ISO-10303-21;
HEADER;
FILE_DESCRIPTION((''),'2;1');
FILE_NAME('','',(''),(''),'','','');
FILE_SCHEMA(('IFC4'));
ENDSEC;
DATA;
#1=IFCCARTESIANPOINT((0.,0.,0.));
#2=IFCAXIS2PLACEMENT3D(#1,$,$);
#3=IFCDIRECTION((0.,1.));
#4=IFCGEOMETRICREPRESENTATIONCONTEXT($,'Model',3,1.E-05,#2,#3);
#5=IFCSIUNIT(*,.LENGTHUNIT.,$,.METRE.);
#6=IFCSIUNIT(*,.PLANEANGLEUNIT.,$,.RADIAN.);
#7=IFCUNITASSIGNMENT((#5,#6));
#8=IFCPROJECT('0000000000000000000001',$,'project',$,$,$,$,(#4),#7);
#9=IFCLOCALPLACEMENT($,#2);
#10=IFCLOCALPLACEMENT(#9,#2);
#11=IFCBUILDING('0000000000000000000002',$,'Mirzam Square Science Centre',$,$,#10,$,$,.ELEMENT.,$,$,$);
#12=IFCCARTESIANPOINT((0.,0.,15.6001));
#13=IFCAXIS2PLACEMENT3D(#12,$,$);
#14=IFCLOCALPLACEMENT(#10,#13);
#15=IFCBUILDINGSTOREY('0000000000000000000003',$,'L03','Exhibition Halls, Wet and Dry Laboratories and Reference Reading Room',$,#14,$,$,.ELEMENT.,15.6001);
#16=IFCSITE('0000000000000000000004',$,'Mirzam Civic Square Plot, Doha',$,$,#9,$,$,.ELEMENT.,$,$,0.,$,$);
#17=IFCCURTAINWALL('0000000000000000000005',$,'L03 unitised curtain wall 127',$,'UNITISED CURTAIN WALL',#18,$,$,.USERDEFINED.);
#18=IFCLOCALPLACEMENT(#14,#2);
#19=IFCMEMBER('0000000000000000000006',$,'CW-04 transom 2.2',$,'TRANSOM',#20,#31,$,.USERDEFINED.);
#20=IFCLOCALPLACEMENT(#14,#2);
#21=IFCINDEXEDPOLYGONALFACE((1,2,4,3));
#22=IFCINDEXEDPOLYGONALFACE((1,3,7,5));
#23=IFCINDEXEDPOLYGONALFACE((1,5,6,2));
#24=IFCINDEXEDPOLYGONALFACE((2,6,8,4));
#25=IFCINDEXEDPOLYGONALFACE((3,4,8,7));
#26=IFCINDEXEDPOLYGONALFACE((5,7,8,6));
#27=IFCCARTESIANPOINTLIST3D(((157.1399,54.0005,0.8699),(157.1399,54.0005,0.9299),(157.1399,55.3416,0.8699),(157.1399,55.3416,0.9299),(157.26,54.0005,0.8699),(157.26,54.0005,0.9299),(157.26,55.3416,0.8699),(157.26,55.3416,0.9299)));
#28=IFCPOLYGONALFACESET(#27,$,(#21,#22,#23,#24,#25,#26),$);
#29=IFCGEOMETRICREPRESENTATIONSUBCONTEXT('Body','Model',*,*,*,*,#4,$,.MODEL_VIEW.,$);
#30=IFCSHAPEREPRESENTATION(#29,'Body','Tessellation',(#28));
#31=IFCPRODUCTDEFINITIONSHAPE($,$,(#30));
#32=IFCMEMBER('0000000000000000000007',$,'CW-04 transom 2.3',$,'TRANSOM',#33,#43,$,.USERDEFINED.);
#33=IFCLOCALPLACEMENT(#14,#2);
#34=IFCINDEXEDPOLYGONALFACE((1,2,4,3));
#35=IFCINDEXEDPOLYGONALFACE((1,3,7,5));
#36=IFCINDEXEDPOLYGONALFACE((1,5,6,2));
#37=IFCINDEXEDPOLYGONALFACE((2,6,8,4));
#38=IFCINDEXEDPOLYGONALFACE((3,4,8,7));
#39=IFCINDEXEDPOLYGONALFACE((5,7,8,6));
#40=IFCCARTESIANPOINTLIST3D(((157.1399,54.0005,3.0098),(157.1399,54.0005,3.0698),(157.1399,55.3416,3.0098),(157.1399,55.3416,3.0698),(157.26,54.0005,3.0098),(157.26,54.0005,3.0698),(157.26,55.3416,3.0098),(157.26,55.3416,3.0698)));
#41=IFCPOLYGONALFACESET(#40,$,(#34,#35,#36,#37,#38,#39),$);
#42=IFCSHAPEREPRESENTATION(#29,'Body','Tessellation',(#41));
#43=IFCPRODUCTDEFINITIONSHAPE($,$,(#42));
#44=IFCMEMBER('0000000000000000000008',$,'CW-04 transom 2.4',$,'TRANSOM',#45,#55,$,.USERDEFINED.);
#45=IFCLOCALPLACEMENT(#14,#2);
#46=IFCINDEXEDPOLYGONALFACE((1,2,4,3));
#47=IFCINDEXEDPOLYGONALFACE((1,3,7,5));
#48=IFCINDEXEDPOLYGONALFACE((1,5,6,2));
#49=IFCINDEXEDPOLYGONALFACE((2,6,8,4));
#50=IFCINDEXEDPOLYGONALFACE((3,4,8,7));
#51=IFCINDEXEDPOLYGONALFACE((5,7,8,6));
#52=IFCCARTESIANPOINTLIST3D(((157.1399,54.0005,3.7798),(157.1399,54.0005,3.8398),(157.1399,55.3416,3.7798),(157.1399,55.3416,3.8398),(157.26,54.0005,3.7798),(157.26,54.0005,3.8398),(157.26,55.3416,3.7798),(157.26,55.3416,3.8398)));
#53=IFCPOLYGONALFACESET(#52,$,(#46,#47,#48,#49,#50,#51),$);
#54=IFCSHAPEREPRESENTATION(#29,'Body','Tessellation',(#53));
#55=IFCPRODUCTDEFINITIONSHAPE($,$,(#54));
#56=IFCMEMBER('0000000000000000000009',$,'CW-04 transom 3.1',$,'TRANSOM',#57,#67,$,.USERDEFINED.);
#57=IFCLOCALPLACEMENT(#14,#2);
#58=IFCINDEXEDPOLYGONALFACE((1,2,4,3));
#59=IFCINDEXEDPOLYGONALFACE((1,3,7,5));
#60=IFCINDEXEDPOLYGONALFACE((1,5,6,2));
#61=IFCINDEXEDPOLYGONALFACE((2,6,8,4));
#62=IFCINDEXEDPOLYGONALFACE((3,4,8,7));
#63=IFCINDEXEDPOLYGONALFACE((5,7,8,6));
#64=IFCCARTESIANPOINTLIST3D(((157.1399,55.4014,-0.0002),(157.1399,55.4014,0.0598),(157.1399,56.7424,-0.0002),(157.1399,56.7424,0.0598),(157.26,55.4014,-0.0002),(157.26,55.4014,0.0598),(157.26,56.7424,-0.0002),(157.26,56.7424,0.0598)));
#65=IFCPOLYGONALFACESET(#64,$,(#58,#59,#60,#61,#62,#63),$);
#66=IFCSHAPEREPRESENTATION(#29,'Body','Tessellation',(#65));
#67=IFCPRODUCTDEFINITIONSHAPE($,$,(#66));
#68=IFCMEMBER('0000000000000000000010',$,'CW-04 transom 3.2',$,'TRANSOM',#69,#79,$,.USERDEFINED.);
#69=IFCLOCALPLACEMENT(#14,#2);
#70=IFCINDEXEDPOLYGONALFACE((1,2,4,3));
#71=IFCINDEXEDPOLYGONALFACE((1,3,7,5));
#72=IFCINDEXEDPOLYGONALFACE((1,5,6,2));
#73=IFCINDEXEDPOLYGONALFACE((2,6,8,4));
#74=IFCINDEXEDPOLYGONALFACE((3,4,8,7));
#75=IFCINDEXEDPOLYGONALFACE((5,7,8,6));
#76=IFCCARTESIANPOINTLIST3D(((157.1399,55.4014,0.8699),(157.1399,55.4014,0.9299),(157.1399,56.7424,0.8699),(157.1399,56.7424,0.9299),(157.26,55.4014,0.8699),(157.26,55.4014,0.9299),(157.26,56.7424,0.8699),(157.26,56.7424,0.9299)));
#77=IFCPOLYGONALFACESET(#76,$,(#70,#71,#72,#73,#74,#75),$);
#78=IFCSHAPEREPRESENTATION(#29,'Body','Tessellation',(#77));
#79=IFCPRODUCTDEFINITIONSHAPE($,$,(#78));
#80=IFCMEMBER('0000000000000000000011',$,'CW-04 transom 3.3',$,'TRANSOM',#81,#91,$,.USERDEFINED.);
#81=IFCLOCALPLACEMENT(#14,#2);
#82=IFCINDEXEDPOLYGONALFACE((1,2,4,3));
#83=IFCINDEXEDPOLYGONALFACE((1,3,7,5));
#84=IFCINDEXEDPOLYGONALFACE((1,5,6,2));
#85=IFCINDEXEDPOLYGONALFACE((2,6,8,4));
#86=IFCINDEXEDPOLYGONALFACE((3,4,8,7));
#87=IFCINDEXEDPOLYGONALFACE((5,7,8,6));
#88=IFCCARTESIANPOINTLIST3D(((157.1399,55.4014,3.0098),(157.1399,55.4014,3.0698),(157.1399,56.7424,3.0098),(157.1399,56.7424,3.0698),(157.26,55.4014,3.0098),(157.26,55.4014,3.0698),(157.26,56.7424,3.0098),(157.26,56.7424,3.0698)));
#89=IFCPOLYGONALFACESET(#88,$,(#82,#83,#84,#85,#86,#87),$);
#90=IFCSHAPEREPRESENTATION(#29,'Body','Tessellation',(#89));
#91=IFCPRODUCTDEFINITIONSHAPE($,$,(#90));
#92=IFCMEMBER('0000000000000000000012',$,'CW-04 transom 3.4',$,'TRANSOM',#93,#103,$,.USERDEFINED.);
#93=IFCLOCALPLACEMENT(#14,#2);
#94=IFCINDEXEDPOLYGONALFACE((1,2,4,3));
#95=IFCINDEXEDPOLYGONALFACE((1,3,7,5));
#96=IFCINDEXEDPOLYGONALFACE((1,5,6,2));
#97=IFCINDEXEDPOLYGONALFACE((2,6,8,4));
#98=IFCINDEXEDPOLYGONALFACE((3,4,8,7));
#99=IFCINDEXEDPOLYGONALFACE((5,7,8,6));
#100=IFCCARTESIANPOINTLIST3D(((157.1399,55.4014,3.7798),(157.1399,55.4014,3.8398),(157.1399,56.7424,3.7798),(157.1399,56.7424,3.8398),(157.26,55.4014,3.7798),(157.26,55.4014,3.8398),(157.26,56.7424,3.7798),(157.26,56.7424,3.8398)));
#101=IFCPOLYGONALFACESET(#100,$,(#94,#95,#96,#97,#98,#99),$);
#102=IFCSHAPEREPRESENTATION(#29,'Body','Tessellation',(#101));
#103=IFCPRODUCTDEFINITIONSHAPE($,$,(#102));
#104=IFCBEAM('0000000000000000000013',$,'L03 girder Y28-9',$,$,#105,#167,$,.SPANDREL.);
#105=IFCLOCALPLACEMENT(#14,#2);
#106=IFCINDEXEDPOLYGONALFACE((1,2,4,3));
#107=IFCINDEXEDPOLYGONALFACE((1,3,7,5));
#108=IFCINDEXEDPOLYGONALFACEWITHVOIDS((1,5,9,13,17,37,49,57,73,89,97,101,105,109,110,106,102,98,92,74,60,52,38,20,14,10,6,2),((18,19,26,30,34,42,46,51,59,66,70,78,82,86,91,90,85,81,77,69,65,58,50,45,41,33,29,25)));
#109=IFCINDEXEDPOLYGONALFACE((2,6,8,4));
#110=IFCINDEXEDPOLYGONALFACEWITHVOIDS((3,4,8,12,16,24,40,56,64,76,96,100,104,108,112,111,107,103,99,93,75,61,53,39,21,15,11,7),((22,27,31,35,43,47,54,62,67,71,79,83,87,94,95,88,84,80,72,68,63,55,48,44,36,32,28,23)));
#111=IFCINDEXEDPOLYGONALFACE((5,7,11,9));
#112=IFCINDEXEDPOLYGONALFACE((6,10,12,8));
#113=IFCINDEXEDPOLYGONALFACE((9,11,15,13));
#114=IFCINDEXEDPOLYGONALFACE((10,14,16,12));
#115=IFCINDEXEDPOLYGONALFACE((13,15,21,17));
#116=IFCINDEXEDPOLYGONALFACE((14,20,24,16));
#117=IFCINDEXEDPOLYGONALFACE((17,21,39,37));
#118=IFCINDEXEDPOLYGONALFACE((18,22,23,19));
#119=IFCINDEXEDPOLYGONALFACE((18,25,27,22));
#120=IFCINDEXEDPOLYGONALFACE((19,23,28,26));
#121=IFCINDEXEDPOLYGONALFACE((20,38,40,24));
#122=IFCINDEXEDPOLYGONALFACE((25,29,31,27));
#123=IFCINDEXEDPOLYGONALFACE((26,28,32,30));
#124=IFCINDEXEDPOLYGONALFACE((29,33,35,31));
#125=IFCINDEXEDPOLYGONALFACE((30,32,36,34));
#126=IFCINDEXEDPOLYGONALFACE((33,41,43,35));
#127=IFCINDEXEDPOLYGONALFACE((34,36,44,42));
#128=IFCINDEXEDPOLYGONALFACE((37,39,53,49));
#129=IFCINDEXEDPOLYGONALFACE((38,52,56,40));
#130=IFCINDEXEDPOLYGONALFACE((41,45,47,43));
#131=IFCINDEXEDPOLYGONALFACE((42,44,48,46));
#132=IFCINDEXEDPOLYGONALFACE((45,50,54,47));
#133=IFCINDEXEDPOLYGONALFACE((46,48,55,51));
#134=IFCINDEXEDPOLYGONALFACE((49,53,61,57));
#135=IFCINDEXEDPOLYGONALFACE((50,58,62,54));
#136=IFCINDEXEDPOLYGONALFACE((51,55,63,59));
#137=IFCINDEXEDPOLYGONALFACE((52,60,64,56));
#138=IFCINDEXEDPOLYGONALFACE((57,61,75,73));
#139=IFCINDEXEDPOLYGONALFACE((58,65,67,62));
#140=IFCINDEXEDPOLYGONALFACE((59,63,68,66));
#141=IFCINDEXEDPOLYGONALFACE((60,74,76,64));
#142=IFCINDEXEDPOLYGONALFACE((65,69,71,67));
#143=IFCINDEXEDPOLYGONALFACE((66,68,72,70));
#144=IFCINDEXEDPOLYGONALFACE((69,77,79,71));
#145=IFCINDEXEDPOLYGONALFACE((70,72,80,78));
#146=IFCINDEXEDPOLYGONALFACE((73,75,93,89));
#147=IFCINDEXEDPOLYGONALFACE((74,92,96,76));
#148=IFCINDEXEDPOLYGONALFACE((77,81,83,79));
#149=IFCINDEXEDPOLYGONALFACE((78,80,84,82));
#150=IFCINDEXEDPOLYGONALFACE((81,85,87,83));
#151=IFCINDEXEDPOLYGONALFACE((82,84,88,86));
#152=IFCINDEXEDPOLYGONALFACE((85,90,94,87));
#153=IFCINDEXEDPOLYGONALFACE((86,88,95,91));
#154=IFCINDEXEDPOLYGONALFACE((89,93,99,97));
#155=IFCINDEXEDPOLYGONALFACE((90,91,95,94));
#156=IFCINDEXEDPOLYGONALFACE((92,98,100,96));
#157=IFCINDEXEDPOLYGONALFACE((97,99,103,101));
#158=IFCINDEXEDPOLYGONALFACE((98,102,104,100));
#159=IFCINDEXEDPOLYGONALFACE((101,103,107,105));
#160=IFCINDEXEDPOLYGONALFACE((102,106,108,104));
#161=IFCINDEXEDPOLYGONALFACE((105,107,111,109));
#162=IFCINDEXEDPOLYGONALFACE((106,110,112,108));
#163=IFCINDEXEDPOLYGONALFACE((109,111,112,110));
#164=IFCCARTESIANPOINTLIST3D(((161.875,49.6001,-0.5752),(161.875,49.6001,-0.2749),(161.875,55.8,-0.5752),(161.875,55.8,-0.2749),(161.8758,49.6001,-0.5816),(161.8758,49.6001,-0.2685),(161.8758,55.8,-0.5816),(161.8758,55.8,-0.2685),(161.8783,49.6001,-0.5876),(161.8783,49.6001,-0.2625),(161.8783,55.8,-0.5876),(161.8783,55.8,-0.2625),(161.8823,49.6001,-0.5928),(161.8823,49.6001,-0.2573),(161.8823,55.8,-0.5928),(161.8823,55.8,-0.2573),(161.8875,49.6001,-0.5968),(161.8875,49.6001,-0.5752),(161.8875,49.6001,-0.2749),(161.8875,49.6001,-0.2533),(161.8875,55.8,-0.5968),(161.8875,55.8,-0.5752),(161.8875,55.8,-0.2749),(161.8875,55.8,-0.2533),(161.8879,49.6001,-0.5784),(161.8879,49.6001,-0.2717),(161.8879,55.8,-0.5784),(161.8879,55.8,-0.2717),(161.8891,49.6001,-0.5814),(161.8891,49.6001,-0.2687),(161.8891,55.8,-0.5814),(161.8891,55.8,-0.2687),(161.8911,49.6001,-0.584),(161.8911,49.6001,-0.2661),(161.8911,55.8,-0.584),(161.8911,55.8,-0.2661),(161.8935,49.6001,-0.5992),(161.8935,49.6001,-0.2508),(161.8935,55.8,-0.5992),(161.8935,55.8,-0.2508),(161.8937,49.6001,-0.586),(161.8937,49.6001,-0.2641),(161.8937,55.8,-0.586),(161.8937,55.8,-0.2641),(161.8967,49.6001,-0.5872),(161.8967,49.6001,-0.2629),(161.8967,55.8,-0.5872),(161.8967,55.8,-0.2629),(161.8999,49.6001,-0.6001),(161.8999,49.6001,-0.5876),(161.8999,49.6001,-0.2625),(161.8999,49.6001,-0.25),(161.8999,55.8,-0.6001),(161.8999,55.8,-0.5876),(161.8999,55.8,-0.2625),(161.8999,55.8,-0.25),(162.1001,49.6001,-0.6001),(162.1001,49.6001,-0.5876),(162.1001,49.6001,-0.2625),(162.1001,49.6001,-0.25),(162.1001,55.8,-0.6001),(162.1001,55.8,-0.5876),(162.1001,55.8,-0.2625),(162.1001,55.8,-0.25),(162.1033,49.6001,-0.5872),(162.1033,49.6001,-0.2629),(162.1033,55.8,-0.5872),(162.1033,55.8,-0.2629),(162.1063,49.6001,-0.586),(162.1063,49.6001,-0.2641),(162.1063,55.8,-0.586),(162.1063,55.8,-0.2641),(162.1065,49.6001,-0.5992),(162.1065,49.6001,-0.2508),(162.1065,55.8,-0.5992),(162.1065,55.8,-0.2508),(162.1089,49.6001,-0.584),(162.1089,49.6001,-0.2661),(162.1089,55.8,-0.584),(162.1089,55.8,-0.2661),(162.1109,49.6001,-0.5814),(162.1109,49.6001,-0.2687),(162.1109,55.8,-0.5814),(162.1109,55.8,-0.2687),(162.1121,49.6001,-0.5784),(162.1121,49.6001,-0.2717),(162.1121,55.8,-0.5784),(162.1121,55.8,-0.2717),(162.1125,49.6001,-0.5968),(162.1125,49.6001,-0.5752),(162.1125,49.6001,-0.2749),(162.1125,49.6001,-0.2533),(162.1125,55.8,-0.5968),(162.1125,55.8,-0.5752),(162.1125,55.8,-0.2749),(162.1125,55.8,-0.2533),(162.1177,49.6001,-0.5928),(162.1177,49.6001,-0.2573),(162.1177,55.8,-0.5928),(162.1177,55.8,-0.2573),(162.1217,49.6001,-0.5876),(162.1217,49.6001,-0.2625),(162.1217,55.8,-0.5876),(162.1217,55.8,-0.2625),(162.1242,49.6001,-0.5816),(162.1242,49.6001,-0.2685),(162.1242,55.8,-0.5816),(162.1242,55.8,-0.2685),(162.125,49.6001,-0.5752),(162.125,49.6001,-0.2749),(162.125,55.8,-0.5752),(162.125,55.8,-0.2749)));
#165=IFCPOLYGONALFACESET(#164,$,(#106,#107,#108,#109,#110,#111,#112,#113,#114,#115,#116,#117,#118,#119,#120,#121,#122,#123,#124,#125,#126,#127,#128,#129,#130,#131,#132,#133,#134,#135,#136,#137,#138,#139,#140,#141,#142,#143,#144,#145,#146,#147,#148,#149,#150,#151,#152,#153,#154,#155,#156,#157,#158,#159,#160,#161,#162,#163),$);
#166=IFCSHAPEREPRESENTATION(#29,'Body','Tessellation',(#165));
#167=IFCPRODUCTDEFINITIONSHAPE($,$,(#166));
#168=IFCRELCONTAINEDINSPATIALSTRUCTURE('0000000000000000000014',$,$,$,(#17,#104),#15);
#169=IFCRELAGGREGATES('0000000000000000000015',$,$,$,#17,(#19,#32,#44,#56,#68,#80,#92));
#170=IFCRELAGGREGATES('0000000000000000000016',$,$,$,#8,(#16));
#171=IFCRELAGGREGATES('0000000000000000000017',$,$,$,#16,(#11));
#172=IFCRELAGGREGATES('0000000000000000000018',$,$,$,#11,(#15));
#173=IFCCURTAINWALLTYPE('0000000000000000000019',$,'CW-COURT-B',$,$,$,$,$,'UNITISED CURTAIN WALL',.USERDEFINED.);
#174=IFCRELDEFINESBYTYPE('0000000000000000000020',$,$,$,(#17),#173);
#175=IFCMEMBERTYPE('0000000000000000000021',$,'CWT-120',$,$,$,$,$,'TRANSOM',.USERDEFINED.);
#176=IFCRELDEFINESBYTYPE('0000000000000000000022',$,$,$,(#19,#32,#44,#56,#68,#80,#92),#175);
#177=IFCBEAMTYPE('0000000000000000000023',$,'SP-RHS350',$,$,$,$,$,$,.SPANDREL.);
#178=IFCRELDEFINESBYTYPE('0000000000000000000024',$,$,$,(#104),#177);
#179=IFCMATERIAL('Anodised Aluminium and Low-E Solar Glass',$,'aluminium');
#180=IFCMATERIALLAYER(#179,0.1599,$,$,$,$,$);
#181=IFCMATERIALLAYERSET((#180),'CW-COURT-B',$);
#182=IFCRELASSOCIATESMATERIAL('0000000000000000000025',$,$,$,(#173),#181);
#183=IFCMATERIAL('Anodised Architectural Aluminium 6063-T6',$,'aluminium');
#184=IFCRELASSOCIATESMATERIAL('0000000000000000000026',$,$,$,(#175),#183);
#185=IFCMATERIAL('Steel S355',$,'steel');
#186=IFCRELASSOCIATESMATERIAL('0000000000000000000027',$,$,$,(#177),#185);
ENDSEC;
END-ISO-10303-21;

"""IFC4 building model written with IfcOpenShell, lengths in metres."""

from ifc_helpers import new_model, si_unit, direction, frame, origin, origin_2d, place, context, subcontext, project, spatial, rectangle, hollow_rectangle, extrude, material, layer, layer_set, material_profile, profile_set, type_object, element, aggregate, save


model = new_model("IFC4")

# Units and contexts
model_context = context("Model", 3, precision=1e-05, world=origin(), true_north=direction((0.0, 1.0)))
body_context = subcontext(model_context, "Body", "Model", "MODEL_VIEW")
ifc_project = project(units=[si_unit("LENGTHUNIT", "METRE"), si_unit("PLANEANGLEUNIT", "RADIAN")], contexts=[model_context])

# Site, building, storey
site_placement = place(None, origin())
site = spatial("IfcSite", under=ifc_project, at=site_placement, Name="Mirzam Civic Square Plot, Doha", CompositionType="ELEMENT", RefElevation=0.0)
building_placement = place(site_placement, origin())
building = spatial("IfcBuilding", under=site, at=building_placement, Name="Mirzam Square Science Centre", CompositionType="ELEMENT")
storey_placement = place(building_placement, frame((0.0, 0.0, 15.6001)))
storey = spatial("IfcBuildingStorey", under=building, at=storey_placement, Name="L03", Description="Exhibition Halls, Wet and Dry Laboratories and Reference Reading Room", CompositionType="ELEMENT", Elevation=15.6001)

# Shared definitions
ifc_material_1 = material(Name="Steel S355", Category="steel")

# Curtain wall, members
ifc_material_2 = material(Name="Anodised Aluminium and Low-E Solar Glass", Category="aluminium")
ifc_layer_1 = layer(ifc_material_2, 0.1599)
ifc_layer_set_1 = layer_set([ifc_layer_1], Name="CW-COURT-B")
curtain_wall_type = type_object("IfcCurtainWallType", Name="CW-COURT-B", ElementType="UNITISED CURTAIN WALL", PredefinedType="USERDEFINED", material=ifc_layer_set_1)
curtain_wall_placement = place(storey_placement, origin())
curtain_wall = element("IfcCurtainWall", 1, at=curtain_wall_placement, inside=storey, type_object=curtain_wall_type, Name="L03 unitised curtain wall 127", ObjectType="UNITISED CURTAIN WALL", PredefinedType="USERDEFINED")
ifc_material_3 = material(Name="Anodised Architectural Aluminium 6063-T6", Category="aluminium")
ifc_material_profile_1 = material_profile(ifc_material_3, rectangle(XDim=0.1201, YDim=0.0601, at=origin_2d()), Name="ALU-TRAN-120x60x4")
ifc_profile_set_1 = profile_set([ifc_material_profile_1], Name="Anodised Architectural Aluminium 6063-T6")
member_type_1 = type_object("IfcMemberType", Name="CWT-120", ElementType="TRANSOM", PredefinedType="USERDEFINED", material=ifc_profile_set_1)
member_1_placement = place(storey_placement, frame((157.2, 54.0005, 0.8999), z_axis=(0.0, 1.0, 0.0), x_axis=(-1.0, 0.0, 0.0)))
member_1 = element("IfcMember", 2, at=member_1_placement, type_object=member_type_1, Name="CW-04 transom 2.2", ObjectType="TRANSOM", PredefinedType="USERDEFINED", context=body_context, shape_type="SweptSolid", body=[
    extrude(rectangle(XDim=0.1201, YDim=0.0601, at=origin_2d()), origin(), (0.0, 0.0, 1.0), 1.3411),
])
member_2_placement = place(storey_placement, frame((157.2, 54.0005, 3.0398), z_axis=(0.0, 1.0, 0.0), x_axis=(-1.0, 0.0, 0.0)))
member_2 = element("IfcMember", 3, at=member_2_placement, type_object=member_type_1, Name="CW-04 transom 2.3", ObjectType="TRANSOM", PredefinedType="USERDEFINED", context=body_context, shape_type="SweptSolid", body=[
    extrude(rectangle(XDim=0.1201, YDim=0.0601, at=origin_2d()), origin(), (0.0, 0.0, 1.0), 1.3411),
])
member_3_placement = place(storey_placement, frame((157.2, 54.0005, 3.8098), z_axis=(0.0, 1.0, 0.0), x_axis=(-1.0, 0.0, 0.0)))
member_3 = element("IfcMember", 4, at=member_3_placement, type_object=member_type_1, Name="CW-04 transom 2.4", ObjectType="TRANSOM", PredefinedType="USERDEFINED", context=body_context, shape_type="SweptSolid", body=[
    extrude(rectangle(XDim=0.1201, YDim=0.0601, at=origin_2d()), origin(), (0.0, 0.0, 1.0), 1.3411),
])
member_4_placement = place(storey_placement, frame((157.2, 55.4014, 0.0298), z_axis=(0.0, 1.0, 0.0), x_axis=(-1.0, 0.0, 0.0)))
member_4 = element("IfcMember", 5, at=member_4_placement, type_object=member_type_1, Name="CW-04 transom 3.1", ObjectType="TRANSOM", PredefinedType="USERDEFINED", context=body_context, shape_type="SweptSolid", body=[
    extrude(rectangle(XDim=0.1201, YDim=0.0601, at=origin_2d()), origin(), (0.0, 0.0, 1.0), 1.3411),
])
member_5_placement = place(storey_placement, frame((157.2, 55.4014, 0.8999), z_axis=(0.0, 1.0, 0.0), x_axis=(-1.0, 0.0, 0.0)))
member_5 = element("IfcMember", 6, at=member_5_placement, type_object=member_type_1, Name="CW-04 transom 3.2", ObjectType="TRANSOM", PredefinedType="USERDEFINED", context=body_context, shape_type="SweptSolid", body=[
    extrude(rectangle(XDim=0.1201, YDim=0.0601, at=origin_2d()), origin(), (0.0, 0.0, 1.0), 1.3411),
])
member_6_placement = place(storey_placement, frame((157.2, 55.4014, 3.0398), z_axis=(0.0, 1.0, 0.0), x_axis=(-1.0, 0.0, 0.0)))
member_6 = element("IfcMember", 7, at=member_6_placement, type_object=member_type_1, Name="CW-04 transom 3.3", ObjectType="TRANSOM", PredefinedType="USERDEFINED", context=body_context, shape_type="SweptSolid", body=[
    extrude(rectangle(XDim=0.1201, YDim=0.0601, at=origin_2d()), origin(), (0.0, 0.0, 1.0), 1.3411),
])
member_7_placement = place(storey_placement, frame((157.2, 55.4014, 3.8098), z_axis=(0.0, 1.0, 0.0), x_axis=(-1.0, 0.0, 0.0)))
member_7 = element("IfcMember", 8, at=member_7_placement, type_object=member_type_1, Name="CW-04 transom 3.4", ObjectType="TRANSOM", PredefinedType="USERDEFINED", context=body_context, shape_type="SweptSolid", body=[
    extrude(rectangle(XDim=0.1201, YDim=0.0601, at=origin_2d()), origin(), (0.0, 0.0, 1.0), 1.3411),
])

# Beam
ifc_material_profile_2 = material_profile(ifc_material_1, hollow_rectangle(XDim=0.25, YDim=0.3501, WallThickness=0.0125, InnerFilletRadius=0.0125, OuterFilletRadius=0.0249, at=origin_2d()), Name="350x250x12.5RHS")
ifc_profile_set_2 = profile_set([ifc_material_profile_2], Name="Steel S355")
beam_type = type_object("IfcBeamType", Name="SP-RHS350", PredefinedType="SPANDREL", material=ifc_profile_set_2)
for number, where, z_axis, x_axis, name in (
    (9, (162.0, 49.6001, -0.425), (0.0, 1.0, 0.0), (-1.0, 0.0, 0.0), "L03 girder Y28-9"),
):
    element("IfcBeam", number, at=place(storey_placement, frame(where, z_axis=z_axis, x_axis=x_axis)), inside=storey, type_object=beam_type, Name=name, PredefinedType="SPANDREL", context=body_context, shape_type="SweptSolid", body=[
        extrude(hollow_rectangle(XDim=0.25, YDim=0.3501, WallThickness=0.0125, InnerFilletRadius=0.0125, OuterFilletRadius=0.0249, at=origin_2d()), origin(), (0.0, 0.0, 1.0), 6.2),
    ])

aggregate(curtain_wall, [member_1, member_2, member_3, member_4, member_5, member_6, member_7])

save(model, "model.ifc")
